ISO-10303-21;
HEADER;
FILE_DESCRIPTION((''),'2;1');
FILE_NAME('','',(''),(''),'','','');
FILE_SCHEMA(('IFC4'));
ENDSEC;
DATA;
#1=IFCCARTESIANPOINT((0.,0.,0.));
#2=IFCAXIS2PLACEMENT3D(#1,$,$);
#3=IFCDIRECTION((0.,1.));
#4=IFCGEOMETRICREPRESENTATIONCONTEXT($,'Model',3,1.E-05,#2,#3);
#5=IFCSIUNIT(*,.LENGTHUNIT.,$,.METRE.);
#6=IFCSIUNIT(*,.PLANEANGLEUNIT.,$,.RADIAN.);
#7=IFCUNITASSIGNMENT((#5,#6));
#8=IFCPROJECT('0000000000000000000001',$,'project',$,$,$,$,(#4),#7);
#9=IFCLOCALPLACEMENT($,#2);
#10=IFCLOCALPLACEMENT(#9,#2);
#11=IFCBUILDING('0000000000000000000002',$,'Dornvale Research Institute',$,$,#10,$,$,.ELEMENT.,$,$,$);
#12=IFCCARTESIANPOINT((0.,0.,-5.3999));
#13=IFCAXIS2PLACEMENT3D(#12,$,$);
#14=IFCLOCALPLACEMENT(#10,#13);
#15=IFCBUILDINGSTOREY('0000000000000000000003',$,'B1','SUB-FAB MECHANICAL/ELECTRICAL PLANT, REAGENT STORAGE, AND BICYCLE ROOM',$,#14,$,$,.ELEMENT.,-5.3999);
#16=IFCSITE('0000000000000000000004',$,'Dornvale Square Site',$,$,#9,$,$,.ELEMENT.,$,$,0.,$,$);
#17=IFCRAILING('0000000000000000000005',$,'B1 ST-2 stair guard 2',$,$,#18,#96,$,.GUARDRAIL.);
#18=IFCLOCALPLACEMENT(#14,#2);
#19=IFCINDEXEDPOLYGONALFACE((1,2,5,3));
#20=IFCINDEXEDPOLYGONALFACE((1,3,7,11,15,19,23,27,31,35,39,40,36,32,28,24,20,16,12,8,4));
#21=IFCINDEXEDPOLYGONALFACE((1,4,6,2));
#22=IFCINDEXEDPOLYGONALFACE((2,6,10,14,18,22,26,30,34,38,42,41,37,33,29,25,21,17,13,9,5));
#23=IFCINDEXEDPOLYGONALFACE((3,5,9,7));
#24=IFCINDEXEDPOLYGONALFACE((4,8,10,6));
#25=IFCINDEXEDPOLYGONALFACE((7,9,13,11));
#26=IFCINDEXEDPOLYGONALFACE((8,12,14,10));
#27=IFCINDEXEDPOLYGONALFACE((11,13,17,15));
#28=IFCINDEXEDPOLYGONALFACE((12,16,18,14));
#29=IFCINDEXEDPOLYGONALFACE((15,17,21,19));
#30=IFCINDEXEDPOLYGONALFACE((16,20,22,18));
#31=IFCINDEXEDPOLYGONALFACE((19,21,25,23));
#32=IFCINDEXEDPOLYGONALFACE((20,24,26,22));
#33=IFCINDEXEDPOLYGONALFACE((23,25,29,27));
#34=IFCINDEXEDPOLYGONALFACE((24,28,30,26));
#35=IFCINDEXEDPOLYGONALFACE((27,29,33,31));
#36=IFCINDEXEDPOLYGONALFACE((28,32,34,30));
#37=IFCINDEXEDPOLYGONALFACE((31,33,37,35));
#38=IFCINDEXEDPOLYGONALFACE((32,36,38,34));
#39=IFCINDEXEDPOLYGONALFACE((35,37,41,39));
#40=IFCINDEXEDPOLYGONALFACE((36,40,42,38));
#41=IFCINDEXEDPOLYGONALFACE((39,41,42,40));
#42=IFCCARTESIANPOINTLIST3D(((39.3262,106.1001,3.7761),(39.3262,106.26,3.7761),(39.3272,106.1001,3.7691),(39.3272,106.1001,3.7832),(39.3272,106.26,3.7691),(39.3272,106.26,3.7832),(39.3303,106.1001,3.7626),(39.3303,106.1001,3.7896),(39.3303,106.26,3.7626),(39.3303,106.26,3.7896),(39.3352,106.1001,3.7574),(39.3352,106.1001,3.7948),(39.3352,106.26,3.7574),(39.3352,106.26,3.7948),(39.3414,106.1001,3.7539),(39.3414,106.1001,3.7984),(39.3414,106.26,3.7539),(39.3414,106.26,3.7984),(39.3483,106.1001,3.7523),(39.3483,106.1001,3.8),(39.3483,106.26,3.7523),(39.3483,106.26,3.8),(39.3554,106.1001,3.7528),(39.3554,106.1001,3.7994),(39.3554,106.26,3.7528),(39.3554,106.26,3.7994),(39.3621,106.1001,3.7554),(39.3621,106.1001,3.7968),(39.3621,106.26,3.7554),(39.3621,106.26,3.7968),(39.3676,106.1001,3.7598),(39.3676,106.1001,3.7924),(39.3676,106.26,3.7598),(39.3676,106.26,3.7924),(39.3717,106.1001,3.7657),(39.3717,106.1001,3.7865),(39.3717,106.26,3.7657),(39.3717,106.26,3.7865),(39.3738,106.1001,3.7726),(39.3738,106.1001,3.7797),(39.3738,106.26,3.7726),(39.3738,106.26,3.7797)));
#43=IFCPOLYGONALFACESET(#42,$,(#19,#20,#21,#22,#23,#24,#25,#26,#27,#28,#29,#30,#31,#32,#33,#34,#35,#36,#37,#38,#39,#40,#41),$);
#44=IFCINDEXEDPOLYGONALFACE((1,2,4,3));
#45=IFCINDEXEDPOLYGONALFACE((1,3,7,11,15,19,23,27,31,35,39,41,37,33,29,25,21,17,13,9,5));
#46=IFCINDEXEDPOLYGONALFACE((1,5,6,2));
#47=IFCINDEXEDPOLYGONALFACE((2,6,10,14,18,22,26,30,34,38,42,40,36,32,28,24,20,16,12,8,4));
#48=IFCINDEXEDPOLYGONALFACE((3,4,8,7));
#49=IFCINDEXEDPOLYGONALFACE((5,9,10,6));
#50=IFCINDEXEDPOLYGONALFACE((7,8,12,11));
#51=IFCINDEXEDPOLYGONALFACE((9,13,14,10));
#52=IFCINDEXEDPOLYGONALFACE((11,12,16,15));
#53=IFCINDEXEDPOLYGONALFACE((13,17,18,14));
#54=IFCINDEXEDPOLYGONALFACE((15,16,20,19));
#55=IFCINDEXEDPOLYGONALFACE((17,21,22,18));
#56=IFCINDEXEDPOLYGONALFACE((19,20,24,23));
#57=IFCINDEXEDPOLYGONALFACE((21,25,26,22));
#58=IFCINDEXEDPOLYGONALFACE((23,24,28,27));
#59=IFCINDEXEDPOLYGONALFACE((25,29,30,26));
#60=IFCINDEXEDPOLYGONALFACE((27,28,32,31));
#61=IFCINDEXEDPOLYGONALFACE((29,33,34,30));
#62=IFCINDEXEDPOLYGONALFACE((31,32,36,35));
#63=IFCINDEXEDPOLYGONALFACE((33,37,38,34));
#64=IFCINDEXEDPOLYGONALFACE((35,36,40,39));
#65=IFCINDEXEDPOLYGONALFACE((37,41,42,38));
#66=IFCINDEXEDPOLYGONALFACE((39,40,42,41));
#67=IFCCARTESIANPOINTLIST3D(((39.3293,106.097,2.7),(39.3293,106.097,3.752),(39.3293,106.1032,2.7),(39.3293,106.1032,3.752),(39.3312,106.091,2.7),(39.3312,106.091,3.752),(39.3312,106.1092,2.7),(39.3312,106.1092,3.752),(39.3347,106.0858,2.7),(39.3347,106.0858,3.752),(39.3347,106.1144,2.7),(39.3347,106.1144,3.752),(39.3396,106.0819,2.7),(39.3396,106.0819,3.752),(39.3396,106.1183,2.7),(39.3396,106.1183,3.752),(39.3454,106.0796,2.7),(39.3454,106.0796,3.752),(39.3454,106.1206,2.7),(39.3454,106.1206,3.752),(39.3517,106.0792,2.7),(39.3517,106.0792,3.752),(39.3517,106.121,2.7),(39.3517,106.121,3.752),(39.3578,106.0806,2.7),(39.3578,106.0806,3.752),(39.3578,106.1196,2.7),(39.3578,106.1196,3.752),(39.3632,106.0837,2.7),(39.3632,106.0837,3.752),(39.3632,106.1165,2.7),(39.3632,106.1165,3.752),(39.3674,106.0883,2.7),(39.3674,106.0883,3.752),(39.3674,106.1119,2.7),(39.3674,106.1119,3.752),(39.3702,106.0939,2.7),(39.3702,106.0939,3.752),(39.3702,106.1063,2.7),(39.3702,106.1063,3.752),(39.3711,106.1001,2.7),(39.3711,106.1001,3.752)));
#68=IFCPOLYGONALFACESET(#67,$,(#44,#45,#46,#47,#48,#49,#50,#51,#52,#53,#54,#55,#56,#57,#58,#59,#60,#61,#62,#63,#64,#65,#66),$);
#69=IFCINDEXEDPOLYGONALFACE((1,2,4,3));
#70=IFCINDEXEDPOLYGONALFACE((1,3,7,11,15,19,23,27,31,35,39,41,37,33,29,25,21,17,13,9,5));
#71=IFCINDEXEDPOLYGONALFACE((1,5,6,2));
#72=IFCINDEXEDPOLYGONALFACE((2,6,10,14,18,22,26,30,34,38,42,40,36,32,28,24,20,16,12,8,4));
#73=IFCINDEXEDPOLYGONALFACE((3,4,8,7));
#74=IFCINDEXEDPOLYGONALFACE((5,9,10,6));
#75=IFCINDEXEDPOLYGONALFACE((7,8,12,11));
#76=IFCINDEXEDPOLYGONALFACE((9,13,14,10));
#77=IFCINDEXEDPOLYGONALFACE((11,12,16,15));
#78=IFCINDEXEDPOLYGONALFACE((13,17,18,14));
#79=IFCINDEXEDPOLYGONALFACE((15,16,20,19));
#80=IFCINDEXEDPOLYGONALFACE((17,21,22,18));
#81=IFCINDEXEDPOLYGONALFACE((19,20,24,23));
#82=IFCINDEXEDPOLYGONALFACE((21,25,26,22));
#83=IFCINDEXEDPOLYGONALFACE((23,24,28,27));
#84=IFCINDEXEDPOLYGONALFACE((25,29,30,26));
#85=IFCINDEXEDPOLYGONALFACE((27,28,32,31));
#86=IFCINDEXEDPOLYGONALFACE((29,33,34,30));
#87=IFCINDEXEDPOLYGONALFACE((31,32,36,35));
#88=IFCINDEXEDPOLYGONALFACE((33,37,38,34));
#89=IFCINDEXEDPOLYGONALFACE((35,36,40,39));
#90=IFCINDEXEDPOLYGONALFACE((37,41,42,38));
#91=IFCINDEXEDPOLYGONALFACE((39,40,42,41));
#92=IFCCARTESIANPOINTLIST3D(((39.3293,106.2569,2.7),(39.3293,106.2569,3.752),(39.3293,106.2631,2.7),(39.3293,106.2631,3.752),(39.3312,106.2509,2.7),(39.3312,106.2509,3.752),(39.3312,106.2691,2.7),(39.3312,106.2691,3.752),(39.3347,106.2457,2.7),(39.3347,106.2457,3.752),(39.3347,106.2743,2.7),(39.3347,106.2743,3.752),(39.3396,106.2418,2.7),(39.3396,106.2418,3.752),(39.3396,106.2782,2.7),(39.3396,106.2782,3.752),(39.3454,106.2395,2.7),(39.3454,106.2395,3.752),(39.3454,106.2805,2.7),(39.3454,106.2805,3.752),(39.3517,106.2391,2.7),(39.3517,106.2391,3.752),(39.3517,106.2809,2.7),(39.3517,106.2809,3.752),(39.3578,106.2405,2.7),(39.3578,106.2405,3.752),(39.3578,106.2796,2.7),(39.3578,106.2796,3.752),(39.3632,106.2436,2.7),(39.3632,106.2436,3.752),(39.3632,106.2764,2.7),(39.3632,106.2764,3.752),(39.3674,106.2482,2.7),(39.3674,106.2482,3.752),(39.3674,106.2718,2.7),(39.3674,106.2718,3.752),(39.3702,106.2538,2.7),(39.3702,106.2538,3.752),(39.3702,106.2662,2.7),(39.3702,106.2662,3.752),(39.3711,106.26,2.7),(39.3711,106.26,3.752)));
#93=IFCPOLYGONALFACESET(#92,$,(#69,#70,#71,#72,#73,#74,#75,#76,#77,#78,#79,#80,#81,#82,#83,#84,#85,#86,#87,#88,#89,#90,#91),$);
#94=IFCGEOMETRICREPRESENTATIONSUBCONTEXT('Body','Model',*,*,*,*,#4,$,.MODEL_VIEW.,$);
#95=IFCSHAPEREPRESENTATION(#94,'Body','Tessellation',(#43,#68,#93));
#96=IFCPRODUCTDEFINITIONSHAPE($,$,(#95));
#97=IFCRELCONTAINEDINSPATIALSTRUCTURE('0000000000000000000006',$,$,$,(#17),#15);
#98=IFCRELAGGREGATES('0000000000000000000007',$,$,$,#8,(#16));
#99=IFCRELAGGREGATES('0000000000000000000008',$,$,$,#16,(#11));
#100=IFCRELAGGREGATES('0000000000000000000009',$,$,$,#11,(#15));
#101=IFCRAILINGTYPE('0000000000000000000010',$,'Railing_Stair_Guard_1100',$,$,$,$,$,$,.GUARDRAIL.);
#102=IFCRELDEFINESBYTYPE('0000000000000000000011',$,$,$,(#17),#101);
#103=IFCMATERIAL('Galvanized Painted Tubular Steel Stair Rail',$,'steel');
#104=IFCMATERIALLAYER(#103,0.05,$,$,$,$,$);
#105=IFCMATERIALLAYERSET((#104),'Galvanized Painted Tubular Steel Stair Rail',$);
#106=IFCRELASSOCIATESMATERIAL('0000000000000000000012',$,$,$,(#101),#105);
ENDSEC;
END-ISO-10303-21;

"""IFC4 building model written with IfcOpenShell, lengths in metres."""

from ifc_helpers import new_model, si_unit, direction, frame, origin, origin_2d, place, context, subcontext, project, spatial, circle, extrude, material, layer, layer_set, type_object, element, save


model = new_model("IFC4")

# Units and contexts
model_context = context("Model", 3, precision=1e-05, world=origin(), true_north=direction((0.0, 1.0)))
body_context = subcontext(model_context, "Body", "Model", "MODEL_VIEW")
ifc_project = project(units=[si_unit("LENGTHUNIT", "METRE"), si_unit("PLANEANGLEUNIT", "RADIAN")], contexts=[model_context])

# Site, building, storey
site_placement = place(None, origin())
site = spatial("IfcSite", under=ifc_project, at=site_placement, Name="Dornvale Square Site", CompositionType="ELEMENT", RefElevation=0.0)
building_placement = place(site_placement, origin())
building = spatial("IfcBuilding", under=site, at=building_placement, Name="Dornvale Research Institute", CompositionType="ELEMENT")
storey_placement = place(building_placement, frame((0.0, 0.0, -5.3999)))
storey = spatial("IfcBuildingStorey", under=building, at=storey_placement, Name="B1", Description="SUB-FAB MECHANICAL/ELECTRICAL PLANT, REAGENT STORAGE, AND BICYCLE ROOM", CompositionType="ELEMENT", Elevation=-5.3999)

# Railing
ifc_material_1 = material(Name="Galvanized Painted Tubular Steel Stair Rail", Category="steel")
ifc_layer_1 = layer(ifc_material_1, 0.05)
ifc_layer_set_1 = layer_set([ifc_layer_1], Name="Galvanized Painted Tubular Steel Stair Rail")
railing_type_1 = type_object("IfcRailingType", Name="Railing_Stair_Guard_1100", PredefinedType="GUARDRAIL", material=ifc_layer_set_1)
railing_1_placement = place(storey_placement, frame((39.3501, 106.1001, 2.7)))
element("IfcRailing", 1, at=railing_1_placement, inside=storey, type_object=railing_type_1, Name="B1 ST-2 stair guard 2", PredefinedType="GUARDRAIL", context=body_context, shape_type="SweptSolid", body=[
    extrude(circle(Radius=0.0239, at=origin_2d()), frame((0.0, 0.0, 1.0762), z_axis=(0.0, 1.0, 0.0), x_axis=(-1.0, 0.0, 0.0)), (0.0, 0.0, 1.0), 0.1599),
    extrude(circle(Radius=0.021, at=origin_2d()), origin(), (0.0, 0.0, 1.0), 1.052),
    extrude(circle(Radius=0.021, at=origin_2d()), frame((0.0, 0.1599, 0.0)), (0.0, 0.0, 1.0), 1.052),
])

save(model, "model.ifc")
